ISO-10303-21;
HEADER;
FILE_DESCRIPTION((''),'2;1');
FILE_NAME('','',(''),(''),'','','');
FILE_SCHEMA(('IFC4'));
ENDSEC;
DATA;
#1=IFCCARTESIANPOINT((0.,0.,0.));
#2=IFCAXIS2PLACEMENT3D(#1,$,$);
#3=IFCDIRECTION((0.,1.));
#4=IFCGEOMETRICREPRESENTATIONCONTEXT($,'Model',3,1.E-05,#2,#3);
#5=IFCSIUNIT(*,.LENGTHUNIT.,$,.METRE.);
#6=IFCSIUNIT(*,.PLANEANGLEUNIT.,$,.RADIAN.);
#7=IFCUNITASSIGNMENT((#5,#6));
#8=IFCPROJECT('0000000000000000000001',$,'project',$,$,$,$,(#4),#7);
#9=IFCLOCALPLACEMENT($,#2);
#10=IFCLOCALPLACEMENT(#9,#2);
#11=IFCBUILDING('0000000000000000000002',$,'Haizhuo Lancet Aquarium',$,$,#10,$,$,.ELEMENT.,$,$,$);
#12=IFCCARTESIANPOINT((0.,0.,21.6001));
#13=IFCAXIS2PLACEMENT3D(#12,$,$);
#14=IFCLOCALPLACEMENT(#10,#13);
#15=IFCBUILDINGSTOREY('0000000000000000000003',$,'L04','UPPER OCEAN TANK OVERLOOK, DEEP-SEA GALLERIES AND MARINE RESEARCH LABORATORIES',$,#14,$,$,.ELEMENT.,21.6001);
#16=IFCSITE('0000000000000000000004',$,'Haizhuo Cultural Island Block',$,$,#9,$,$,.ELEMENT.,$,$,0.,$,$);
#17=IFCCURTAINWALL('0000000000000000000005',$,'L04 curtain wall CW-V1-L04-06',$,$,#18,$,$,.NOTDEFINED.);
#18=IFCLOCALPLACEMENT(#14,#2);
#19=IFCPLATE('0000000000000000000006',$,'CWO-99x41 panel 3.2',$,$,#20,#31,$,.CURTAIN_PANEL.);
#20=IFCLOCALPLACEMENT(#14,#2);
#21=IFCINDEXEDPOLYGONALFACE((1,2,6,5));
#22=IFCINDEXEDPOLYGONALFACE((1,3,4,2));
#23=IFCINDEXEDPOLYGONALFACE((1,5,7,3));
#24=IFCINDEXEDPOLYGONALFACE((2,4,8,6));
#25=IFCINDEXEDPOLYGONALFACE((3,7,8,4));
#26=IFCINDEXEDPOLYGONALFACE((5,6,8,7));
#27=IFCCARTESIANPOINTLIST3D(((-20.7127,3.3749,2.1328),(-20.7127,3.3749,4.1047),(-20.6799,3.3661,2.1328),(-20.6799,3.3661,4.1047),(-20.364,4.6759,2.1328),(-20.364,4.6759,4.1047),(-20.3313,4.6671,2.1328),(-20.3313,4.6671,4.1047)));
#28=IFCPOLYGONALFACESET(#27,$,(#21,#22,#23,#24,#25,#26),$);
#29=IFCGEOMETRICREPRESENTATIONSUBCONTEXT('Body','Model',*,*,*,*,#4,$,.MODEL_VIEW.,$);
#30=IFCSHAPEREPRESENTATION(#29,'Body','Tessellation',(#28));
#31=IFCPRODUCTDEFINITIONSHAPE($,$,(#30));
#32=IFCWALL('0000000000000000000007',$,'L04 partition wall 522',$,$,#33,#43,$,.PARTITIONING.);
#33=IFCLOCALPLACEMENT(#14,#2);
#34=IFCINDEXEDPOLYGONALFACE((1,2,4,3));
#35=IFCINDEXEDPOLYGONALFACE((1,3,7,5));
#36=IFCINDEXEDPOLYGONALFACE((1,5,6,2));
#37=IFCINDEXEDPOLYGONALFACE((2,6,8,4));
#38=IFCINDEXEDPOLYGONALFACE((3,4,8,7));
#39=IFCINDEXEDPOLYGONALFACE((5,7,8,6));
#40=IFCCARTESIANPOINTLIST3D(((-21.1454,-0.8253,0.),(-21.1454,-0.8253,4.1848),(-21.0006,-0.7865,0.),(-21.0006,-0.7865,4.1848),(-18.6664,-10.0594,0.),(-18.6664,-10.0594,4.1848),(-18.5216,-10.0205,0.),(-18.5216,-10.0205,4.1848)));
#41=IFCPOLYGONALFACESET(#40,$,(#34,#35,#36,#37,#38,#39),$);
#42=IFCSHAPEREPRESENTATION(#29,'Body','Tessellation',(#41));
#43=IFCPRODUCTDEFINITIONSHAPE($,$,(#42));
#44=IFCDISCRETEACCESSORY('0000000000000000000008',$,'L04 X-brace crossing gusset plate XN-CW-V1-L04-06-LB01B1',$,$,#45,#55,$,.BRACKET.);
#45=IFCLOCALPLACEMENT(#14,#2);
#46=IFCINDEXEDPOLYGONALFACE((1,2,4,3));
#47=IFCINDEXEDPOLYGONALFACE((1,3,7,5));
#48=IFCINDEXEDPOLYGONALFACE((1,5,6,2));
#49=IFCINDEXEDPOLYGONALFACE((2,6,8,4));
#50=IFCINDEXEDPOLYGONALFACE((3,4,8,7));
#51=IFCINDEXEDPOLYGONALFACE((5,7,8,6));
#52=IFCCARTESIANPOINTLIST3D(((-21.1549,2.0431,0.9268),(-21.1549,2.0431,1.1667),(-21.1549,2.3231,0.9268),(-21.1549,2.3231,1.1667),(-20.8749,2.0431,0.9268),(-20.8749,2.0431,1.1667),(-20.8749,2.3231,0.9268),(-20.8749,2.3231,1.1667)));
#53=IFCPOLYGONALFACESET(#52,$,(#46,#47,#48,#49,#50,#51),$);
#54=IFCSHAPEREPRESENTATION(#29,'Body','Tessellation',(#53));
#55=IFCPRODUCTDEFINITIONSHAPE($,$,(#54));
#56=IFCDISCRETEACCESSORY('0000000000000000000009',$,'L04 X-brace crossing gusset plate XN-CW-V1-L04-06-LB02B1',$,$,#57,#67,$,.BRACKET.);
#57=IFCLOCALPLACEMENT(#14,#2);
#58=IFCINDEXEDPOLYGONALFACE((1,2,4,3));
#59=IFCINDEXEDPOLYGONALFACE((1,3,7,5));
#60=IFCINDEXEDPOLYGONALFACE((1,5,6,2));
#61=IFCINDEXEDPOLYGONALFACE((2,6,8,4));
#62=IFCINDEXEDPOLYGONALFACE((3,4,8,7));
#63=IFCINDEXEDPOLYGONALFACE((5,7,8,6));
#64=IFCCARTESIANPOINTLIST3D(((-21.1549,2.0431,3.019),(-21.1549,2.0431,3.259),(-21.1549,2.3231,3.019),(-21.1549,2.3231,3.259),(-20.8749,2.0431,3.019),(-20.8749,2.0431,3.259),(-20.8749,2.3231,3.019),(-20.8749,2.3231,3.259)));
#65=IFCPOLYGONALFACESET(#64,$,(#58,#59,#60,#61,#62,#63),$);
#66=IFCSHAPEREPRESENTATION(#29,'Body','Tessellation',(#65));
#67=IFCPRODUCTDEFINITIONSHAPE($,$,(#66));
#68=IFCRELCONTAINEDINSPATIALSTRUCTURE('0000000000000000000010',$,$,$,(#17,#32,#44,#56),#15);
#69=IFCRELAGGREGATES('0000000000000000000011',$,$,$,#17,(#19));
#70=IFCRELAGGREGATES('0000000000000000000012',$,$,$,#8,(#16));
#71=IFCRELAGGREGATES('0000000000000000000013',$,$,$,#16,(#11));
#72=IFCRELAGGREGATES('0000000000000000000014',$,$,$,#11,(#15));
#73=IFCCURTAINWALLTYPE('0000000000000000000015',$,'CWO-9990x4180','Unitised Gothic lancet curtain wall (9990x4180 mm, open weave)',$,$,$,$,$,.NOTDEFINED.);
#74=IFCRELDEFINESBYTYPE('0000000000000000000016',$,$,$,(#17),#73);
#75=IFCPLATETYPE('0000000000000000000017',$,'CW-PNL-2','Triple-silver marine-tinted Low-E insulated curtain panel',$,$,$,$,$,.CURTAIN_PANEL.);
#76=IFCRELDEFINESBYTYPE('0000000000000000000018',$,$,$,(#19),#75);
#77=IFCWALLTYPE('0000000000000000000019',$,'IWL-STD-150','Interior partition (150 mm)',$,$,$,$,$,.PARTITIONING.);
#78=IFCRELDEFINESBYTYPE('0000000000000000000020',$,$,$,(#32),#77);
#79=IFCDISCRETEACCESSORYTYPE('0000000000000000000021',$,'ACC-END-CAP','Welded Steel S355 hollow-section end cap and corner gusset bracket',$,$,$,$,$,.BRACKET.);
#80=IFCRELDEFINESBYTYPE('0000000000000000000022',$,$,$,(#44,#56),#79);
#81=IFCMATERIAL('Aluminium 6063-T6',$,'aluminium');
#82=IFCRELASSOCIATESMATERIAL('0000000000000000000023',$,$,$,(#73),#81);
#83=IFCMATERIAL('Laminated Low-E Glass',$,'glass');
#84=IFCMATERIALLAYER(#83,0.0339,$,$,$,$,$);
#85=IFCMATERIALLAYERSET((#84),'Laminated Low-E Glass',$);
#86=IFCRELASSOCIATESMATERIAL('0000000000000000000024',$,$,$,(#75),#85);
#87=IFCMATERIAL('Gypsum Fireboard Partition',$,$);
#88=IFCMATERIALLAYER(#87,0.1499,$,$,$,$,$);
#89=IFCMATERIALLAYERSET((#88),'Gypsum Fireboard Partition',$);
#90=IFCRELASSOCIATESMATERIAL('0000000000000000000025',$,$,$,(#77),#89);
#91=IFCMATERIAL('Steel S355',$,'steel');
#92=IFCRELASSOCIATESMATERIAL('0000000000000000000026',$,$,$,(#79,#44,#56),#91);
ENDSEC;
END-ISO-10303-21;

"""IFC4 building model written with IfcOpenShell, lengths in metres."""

from ifc_helpers import new_model, si_unit, direction, frame, frame_2d, origin, origin_2d, place, context, subcontext, project, spatial, rectangle, extrude, material, layer, layer_set, type_object, element, aggregate, save


model = new_model("IFC4")

# Units and contexts
model_context = context("Model", 3, precision=1e-05, world=origin(), true_north=direction((0.0, 1.0)))
body_context = subcontext(model_context, "Body", "Model", "MODEL_VIEW")
ifc_project = project(units=[si_unit("LENGTHUNIT", "METRE"), si_unit("PLANEANGLEUNIT", "RADIAN")], contexts=[model_context])

# Site, building, storey
site_placement = place(None, origin())
site = spatial("IfcSite", under=ifc_project, at=site_placement, Name="Haizhuo Cultural Island Block", CompositionType="ELEMENT", RefElevation=0.0)
building_placement = place(site_placement, origin())
building = spatial("IfcBuilding", under=site, at=building_placement, Name="Haizhuo Lancet Aquarium", CompositionType="ELEMENT")
storey_placement = place(building_placement, frame((0.0, 0.0, 21.6001)))
storey = spatial("IfcBuildingStorey", under=building, at=storey_placement, Name="L04", Description="UPPER OCEAN TANK OVERLOOK, DEEP-SEA GALLERIES AND MARINE RESEARCH LABORATORIES", CompositionType="ELEMENT", Elevation=21.6001)

# Curtain wall
ifc_material_1 = material(Name="Aluminium 6063-T6", Category="aluminium")
curtain_wall_type = type_object("IfcCurtainWallType", Name="CWO-9990x4180", Description="Unitised Gothic lancet curtain wall (9990x4180 mm, open weave)", PredefinedType="NOTDEFINED", material=ifc_material_1)
curtain_wall_placement = place(storey_placement, origin())
curtain_wall = element("IfcCurtainWall", 1, at=curtain_wall_placement, inside=storey, type_object=curtain_wall_type, Name="L04 curtain wall CW-V1-L04-06", PredefinedType="NOTDEFINED")

# Shared definitions
ifc_material_2 = material(Name="Steel S355", Category="steel")

# Plate
ifc_material_3 = material(Name="Laminated Low-E Glass", Category="glass")
ifc_layer_1 = layer(ifc_material_3, 0.0339)
ifc_layer_set_1 = layer_set([ifc_layer_1], Name="Laminated Low-E Glass")
plate_type = type_object("IfcPlateType", Name="CW-PNL-2", Description="Triple-silver marine-tinted Low-E insulated curtain panel", PredefinedType="CURTAIN_PANEL", material=ifc_layer_set_1)
plate_1_placement = place(storey_placement, frame((-20.522, 4.021, 2.1328), z_axis=(0.0, 0.0, 1.0), x_axis=(0.258853, 0.965917, 0.0)))
plate_1 = element("IfcPlate", 2, at=plate_1_placement, type_object=plate_type, Name="CWO-99x41 panel 3.2", PredefinedType="CURTAIN_PANEL", context=body_context, shape_type="SweptSolid", body=[
    extrude(rectangle(XDim=1.3469, YDim=0.0339, at=origin_2d()), origin(), (0.0, 0.0, 1.0), 1.9719),
])
aggregate(curtain_wall, [plate_1])

# Wall
ifc_material_4 = material(Name="Gypsum Fireboard Partition")
ifc_layer_2 = layer(ifc_material_4, 0.1499)
ifc_layer_set_2 = layer_set([ifc_layer_2], Name="Gypsum Fireboard Partition")
wall_type = type_object("IfcWallType", Name="IWL-STD-150", Description="Interior partition (150 mm)", PredefinedType="PARTITIONING", material=ifc_layer_set_2)
wall_placement = place(storey_placement, frame((-21.073, -0.8059, 0.0), z_axis=(0.0, 0.0, 1.0), x_axis=(0.25928, -0.965802, 0.0)))
element("IfcWall", 3, at=wall_placement, inside=storey, type_object=wall_type, Name="L04 partition wall 522", PredefinedType="PARTITIONING", context=body_context, shape_type="SweptSolid", body=[
    extrude(rectangle(XDim=9.561, YDim=0.1499, at=frame_2d((4.7805, 0.0))), origin(), (0.0, 0.0, 1.0), 4.1848),
])

# Discrete accessories
discrete_accessory_type = type_object("IfcDiscreteAccessoryType", Name="ACC-END-CAP", Description="Welded Steel S355 hollow-section end cap and corner gusset bracket", PredefinedType="BRACKET", material=ifc_material_2)
for number, where, z_axis, x_axis, name in (
    (4, (-21.0149, 2.1831, 0.9268), (0.0, 0.0, 1.0), (1.0, 0.0, 0.0), "L04 X-brace crossing gusset plate XN-CW-V1-L04-06-LB01B1"),
    (5, (-21.0149, 2.1831, 3.019), (0.0, 0.0, 1.0), (1.0, 0.0, 0.0), "L04 X-brace crossing gusset plate XN-CW-V1-L04-06-LB02B1"),
):
    element("IfcDiscreteAccessory", number, at=place(storey_placement, frame(where, z_axis=z_axis, x_axis=x_axis)), inside=storey, type_object=discrete_accessory_type, material=ifc_material_2, Name=name, PredefinedType="BRACKET", context=body_context, shape_type="SweptSolid", body=[
        extrude(rectangle(XDim=0.28, YDim=0.28, at=origin_2d()), origin(), (0.0, 0.0, 1.0), 0.24),
    ])

save(model, "model.ifc")
